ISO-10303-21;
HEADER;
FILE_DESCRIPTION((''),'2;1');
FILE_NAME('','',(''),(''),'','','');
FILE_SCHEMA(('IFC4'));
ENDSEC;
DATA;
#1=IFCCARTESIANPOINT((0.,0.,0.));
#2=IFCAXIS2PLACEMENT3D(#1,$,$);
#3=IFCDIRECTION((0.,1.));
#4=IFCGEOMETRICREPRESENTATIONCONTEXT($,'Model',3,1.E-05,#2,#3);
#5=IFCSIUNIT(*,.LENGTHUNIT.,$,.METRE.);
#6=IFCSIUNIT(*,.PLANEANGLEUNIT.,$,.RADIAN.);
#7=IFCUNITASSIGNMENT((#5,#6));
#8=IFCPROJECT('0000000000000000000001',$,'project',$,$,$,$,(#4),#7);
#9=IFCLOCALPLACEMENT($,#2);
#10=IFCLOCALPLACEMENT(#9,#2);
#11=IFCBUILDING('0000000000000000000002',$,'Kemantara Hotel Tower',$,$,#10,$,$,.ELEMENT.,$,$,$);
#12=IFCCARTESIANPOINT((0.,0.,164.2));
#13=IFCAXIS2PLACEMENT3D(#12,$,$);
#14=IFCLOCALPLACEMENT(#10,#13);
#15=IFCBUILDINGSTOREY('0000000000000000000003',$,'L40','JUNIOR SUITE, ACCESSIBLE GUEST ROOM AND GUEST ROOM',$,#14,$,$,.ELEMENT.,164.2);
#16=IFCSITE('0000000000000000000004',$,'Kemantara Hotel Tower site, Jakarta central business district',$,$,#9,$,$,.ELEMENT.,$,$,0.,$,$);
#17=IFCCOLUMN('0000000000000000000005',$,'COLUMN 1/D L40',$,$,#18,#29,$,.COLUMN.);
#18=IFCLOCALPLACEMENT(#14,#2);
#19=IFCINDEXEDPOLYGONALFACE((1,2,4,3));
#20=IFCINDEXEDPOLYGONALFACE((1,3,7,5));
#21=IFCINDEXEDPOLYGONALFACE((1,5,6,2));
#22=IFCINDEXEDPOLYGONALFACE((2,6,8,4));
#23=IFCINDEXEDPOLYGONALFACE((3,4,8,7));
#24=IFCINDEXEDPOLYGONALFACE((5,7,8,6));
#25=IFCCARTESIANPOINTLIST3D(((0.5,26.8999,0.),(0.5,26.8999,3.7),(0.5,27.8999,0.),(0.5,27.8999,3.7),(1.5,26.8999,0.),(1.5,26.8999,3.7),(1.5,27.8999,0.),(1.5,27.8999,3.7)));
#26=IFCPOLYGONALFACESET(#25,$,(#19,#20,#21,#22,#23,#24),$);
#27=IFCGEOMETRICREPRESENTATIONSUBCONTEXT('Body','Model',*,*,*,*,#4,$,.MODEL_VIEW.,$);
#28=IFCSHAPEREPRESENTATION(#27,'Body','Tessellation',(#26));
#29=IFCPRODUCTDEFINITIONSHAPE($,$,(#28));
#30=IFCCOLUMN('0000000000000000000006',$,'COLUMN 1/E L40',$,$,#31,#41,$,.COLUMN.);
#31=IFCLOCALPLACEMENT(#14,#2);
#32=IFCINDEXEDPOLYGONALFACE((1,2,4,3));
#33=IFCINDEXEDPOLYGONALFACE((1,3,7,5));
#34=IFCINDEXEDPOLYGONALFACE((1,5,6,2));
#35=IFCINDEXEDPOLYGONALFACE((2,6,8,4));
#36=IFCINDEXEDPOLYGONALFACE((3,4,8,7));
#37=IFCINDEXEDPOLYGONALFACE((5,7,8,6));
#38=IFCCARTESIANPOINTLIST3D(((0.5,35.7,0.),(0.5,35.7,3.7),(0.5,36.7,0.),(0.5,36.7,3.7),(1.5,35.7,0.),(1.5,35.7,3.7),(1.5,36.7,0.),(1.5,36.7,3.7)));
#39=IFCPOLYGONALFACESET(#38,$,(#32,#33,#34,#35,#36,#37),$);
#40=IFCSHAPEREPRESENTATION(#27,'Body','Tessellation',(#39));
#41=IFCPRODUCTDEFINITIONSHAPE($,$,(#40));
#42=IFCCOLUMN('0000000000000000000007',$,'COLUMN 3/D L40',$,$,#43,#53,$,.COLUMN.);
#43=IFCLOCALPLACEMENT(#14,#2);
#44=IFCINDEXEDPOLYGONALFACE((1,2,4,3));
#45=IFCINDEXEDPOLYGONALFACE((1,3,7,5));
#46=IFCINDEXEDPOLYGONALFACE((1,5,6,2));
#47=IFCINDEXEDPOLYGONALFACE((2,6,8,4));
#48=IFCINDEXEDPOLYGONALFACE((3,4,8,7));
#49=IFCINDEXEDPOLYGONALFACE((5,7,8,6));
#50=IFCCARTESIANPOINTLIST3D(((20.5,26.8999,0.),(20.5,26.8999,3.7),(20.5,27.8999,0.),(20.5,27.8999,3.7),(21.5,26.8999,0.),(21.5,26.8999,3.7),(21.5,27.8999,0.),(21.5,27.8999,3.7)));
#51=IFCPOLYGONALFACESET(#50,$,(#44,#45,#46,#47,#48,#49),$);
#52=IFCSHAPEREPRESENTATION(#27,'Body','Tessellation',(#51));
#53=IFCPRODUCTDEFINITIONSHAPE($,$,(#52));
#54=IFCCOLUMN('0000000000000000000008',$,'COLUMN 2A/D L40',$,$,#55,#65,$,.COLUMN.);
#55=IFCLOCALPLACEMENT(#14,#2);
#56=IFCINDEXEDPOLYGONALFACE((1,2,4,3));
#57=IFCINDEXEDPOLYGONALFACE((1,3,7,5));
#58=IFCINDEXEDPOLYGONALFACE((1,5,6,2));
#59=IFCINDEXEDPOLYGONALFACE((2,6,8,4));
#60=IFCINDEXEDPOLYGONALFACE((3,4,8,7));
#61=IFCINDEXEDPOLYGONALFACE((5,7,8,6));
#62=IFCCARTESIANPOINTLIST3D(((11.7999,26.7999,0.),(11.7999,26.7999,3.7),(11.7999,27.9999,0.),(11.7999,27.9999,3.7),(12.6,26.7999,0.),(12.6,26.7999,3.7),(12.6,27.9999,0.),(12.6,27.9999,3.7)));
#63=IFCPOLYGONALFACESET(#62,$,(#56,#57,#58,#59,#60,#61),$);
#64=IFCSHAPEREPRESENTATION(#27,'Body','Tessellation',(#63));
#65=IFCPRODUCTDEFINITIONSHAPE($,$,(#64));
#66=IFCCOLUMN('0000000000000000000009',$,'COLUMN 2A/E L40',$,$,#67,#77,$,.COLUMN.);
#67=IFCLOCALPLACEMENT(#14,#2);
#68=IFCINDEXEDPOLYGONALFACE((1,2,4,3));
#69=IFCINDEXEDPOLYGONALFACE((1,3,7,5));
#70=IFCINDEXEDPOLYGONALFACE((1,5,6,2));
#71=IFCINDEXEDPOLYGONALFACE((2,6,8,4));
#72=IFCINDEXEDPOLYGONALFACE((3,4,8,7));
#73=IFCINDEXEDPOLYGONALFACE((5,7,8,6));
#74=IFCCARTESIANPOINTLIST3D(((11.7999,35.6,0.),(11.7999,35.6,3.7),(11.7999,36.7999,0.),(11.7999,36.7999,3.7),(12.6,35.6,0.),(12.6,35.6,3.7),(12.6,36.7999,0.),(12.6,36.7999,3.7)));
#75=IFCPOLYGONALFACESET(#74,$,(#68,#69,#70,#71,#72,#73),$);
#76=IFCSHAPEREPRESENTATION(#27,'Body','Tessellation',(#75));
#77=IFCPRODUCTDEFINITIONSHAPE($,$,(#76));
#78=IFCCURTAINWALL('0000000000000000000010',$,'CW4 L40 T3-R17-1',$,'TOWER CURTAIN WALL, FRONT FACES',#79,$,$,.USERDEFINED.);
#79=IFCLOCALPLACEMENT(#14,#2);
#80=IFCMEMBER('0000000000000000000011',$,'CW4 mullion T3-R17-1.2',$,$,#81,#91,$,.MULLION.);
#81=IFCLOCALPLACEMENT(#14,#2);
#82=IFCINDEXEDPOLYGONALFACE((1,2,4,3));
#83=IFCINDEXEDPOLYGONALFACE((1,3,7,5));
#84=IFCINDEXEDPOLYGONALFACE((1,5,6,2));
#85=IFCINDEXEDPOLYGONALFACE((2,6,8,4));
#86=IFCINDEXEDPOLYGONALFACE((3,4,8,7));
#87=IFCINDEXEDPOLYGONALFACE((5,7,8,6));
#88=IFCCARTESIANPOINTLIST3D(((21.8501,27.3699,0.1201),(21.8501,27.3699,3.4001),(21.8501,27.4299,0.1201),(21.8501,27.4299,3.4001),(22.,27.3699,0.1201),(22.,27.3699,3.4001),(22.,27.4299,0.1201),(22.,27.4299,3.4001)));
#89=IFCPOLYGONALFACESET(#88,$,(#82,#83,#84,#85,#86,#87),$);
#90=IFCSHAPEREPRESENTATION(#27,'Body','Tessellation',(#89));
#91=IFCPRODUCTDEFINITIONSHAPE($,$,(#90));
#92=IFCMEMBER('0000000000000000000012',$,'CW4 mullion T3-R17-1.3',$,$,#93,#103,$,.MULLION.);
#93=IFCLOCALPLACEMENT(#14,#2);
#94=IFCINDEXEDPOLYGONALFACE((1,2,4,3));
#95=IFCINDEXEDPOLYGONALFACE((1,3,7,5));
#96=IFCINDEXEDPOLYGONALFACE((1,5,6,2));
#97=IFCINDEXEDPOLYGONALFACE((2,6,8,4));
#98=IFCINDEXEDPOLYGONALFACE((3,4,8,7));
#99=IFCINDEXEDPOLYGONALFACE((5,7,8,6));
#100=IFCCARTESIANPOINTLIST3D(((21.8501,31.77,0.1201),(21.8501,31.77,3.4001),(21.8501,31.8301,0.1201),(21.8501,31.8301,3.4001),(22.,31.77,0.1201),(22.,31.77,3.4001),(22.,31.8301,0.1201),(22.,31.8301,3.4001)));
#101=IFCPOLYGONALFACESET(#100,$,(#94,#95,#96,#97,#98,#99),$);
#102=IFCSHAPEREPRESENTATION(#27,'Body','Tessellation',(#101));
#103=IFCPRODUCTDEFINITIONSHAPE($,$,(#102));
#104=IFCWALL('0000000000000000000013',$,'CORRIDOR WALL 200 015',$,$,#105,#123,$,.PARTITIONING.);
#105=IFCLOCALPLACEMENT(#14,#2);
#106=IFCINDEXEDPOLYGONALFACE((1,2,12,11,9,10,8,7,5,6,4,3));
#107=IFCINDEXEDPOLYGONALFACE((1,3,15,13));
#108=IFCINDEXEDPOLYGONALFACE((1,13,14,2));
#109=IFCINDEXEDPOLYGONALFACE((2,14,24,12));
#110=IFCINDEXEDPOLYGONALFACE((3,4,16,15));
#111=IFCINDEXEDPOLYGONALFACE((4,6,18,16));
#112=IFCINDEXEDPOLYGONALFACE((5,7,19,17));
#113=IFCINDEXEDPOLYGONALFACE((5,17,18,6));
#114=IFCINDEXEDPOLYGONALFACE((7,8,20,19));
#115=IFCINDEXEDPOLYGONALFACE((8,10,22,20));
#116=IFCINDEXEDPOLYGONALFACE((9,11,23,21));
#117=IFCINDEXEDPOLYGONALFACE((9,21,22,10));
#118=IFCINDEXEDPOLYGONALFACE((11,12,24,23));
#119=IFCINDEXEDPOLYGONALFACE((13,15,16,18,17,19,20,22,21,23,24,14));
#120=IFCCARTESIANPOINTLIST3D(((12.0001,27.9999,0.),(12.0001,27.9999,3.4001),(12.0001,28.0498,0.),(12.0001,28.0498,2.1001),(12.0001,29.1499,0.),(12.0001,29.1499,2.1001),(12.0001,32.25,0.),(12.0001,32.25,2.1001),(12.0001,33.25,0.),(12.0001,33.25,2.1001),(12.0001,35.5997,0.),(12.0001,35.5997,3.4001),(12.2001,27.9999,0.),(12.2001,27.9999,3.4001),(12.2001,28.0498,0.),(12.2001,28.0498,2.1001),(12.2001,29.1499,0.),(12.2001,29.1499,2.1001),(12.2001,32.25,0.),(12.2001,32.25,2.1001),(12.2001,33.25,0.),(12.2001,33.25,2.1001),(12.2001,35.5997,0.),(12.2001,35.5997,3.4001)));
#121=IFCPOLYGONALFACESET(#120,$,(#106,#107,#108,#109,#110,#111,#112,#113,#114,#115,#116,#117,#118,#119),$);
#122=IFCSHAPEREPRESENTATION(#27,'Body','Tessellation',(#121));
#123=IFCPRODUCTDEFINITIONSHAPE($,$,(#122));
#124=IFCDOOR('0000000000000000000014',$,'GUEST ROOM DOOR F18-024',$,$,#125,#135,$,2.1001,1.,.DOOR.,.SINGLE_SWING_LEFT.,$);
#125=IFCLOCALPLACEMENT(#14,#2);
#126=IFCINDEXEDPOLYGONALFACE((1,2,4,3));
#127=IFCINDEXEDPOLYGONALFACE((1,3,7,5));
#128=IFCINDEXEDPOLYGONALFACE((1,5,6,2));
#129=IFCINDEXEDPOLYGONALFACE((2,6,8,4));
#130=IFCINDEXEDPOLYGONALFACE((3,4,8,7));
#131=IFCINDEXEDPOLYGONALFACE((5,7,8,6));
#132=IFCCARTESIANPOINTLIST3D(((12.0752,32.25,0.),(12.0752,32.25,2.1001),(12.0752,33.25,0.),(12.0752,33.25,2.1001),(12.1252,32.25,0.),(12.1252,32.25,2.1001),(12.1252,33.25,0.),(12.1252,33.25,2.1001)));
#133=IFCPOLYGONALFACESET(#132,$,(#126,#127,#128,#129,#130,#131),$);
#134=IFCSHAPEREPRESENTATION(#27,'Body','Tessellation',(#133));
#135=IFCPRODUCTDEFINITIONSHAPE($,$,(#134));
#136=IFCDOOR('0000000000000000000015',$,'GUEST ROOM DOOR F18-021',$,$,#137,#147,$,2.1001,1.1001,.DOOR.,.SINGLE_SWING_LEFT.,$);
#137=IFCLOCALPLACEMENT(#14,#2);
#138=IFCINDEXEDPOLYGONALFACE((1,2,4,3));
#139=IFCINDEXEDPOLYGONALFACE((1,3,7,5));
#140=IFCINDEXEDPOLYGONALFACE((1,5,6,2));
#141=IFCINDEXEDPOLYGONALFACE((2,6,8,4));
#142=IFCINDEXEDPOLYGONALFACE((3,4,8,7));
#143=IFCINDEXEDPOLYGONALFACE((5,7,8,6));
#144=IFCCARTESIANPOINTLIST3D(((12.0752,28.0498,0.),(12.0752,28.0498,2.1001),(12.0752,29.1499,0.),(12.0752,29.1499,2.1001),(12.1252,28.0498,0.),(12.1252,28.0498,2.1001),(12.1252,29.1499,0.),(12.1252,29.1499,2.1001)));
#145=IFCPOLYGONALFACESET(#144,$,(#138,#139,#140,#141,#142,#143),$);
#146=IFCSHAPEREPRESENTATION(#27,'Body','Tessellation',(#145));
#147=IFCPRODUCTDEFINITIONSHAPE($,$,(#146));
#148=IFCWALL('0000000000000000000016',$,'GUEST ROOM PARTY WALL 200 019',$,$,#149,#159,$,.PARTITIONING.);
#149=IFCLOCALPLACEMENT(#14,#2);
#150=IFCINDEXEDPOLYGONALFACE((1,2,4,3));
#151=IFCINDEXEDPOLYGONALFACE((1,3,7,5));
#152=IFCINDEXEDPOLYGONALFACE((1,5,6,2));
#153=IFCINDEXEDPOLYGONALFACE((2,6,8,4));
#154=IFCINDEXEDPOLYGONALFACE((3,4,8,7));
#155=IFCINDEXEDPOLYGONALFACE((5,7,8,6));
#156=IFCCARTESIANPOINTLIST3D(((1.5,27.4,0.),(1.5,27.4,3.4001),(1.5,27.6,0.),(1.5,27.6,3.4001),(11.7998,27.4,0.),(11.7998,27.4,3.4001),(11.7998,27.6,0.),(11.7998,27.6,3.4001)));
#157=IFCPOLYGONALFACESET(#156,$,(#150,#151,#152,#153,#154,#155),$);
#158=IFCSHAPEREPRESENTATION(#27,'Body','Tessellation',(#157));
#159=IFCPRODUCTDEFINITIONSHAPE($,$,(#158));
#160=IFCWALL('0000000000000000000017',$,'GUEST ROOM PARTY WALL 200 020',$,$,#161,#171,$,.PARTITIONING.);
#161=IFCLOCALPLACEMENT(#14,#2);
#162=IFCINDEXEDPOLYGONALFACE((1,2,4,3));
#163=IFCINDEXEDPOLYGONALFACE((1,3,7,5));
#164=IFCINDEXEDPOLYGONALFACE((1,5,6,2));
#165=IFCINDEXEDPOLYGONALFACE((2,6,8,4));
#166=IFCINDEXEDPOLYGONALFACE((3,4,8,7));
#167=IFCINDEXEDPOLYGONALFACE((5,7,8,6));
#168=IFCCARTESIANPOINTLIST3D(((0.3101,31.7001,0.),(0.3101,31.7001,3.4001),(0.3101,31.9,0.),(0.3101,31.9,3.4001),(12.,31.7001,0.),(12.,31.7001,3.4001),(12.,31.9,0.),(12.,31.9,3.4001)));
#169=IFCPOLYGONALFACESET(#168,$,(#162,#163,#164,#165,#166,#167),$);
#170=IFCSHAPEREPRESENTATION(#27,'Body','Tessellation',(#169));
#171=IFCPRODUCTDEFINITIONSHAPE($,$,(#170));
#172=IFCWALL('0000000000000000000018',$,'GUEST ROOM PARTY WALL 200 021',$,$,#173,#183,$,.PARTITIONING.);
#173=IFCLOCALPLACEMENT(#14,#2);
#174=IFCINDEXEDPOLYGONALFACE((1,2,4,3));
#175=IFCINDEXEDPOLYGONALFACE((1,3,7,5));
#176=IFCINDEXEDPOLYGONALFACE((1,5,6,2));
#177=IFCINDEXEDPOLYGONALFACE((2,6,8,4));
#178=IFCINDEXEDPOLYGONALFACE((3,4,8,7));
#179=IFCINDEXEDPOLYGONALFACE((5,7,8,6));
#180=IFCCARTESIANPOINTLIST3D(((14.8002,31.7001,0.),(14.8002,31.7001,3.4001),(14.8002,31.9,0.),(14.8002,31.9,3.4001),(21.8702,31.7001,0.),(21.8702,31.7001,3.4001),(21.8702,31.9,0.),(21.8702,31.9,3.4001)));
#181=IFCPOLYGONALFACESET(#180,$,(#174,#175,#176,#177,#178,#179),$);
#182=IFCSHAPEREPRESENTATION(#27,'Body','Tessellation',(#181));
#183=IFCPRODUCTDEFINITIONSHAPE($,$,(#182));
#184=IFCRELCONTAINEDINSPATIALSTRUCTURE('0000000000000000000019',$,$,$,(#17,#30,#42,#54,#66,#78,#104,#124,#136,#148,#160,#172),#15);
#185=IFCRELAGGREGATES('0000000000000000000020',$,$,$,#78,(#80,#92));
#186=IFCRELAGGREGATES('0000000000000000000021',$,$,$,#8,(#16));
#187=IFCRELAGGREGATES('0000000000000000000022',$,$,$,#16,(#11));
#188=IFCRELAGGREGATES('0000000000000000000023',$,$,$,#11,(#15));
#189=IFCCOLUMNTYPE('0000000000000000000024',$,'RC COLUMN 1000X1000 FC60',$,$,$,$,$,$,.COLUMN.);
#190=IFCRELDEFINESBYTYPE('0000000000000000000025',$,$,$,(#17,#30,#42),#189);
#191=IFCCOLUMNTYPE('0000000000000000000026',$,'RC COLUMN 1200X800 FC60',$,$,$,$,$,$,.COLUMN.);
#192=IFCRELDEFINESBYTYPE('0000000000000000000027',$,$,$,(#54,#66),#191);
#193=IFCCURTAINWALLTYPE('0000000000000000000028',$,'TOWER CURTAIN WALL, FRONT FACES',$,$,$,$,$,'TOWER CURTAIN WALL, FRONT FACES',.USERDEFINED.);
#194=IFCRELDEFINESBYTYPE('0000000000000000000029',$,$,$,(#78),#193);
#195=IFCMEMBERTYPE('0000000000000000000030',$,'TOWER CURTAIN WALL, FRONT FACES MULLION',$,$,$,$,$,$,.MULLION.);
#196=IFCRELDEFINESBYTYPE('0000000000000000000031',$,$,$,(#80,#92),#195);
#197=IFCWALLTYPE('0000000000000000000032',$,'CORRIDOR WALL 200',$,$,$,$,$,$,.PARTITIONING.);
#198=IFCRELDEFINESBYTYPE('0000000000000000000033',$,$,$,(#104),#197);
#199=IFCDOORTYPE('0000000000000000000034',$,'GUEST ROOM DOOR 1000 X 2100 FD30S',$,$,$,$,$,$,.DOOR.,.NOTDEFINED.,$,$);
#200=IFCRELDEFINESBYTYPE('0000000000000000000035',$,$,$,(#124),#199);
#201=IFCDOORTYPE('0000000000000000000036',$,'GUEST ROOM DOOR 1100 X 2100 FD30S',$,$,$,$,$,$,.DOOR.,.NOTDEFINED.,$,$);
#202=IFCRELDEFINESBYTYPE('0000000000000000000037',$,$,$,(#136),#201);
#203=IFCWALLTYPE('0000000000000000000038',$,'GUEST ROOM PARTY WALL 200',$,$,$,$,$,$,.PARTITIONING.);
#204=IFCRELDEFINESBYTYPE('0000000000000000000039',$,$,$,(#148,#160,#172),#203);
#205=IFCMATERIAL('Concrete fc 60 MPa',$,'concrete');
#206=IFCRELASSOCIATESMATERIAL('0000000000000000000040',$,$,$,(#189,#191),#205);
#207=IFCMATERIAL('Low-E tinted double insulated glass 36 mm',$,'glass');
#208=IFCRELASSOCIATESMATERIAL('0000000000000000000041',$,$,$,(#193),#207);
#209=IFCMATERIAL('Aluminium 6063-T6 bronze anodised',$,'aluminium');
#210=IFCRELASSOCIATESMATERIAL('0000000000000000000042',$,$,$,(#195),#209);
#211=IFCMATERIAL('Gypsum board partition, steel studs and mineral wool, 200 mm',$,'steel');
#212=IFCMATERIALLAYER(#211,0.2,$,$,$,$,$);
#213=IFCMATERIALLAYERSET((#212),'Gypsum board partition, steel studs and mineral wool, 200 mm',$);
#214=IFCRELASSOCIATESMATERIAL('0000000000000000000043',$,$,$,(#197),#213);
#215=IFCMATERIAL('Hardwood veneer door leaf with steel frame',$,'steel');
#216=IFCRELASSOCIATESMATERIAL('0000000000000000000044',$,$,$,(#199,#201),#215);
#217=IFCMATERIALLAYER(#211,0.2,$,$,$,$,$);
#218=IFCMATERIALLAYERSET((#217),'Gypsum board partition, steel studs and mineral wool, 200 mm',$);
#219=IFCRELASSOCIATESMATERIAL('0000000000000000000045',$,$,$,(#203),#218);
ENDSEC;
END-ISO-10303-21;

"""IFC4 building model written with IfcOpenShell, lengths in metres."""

from ifc_helpers import new_model, si_unit, direction, frame, frame_2d, origin, origin_2d, place, context, subcontext, project, spatial, rectangle, extrude, source, transform, mapped, material, layer, layer_set, material_profile, profile_set, type_object, element, fill, aggregate, save


model = new_model("IFC4")

# Units and contexts
model_context = context("Model", 3, precision=1e-05, world=origin(), true_north=direction((0.0, 1.0)))
body_context = subcontext(model_context, "Body", "Model", "MODEL_VIEW")
ifc_project = project(units=[si_unit("LENGTHUNIT", "METRE"), si_unit("PLANEANGLEUNIT", "RADIAN")], contexts=[model_context])

# Site, building, storey
site_placement = place(None, origin())
site = spatial("IfcSite", under=ifc_project, at=site_placement, Name="Kemantara Hotel Tower site, Jakarta central business district", CompositionType="ELEMENT", RefElevation=0.0)
building_placement = place(site_placement, origin())
building = spatial("IfcBuilding", under=site, at=building_placement, Name="Kemantara Hotel Tower", CompositionType="ELEMENT")
storey_placement = place(building_placement, frame((0.0, 0.0, 164.2)))
storey = spatial("IfcBuildingStorey", under=building, at=storey_placement, Name="L40", Description="JUNIOR SUITE, ACCESSIBLE GUEST ROOM AND GUEST ROOM", CompositionType="ELEMENT", Elevation=164.2)

# Columns
ifc_material_1 = material(Name="Concrete fc 60 MPa", Category="concrete")
ifc_material_profile_1 = material_profile(ifc_material_1, rectangle(XDim=1.0, YDim=1.0, at=origin_2d()), Name="RC 1000X1000")
ifc_profile_set_1 = profile_set([ifc_material_profile_1], Name="Concrete fc 60 MPa")
column_type_1 = type_object("IfcColumnType", Name="RC COLUMN 1000X1000 FC60", PredefinedType="COLUMN", material=ifc_profile_set_1)
for number, where, z_axis, x_axis, name in (
    (1, (1.0, 27.3999, 0.0), (0.0, 0.0, 1.0), (1.0, 0.0, 0.0), "COLUMN 1/D L40"),
    (2, (1.0, 36.2, 0.0), (0.0, 0.0, 1.0), (1.0, 0.0, 0.0), "COLUMN 1/E L40"),
    (3, (21.0, 27.3999, 0.0), (0.0, 0.0, 1.0), (1.0, 0.0, 0.0), "COLUMN 3/D L40"),
):
    element("IfcColumn", number, at=place(storey_placement, frame(where, z_axis=z_axis, x_axis=x_axis)), inside=storey, type_object=column_type_1, Name=name, PredefinedType="COLUMN", context=body_context, shape_type="SweptSolid", body=[
        extrude(rectangle(XDim=1.0, YDim=1.0, at=origin_2d()), origin(), (0.0, 0.0, 1.0), 3.7),
    ])
ifc_material_profile_2 = material_profile(ifc_material_1, rectangle(XDim=1.2, YDim=0.8, at=origin_2d()), Name="RC 1200X800")
ifc_profile_set_2 = profile_set([ifc_material_profile_2], Name="Concrete fc 60 MPa")
column_type_2 = type_object("IfcColumnType", Name="RC COLUMN 1200X800 FC60", PredefinedType="COLUMN", material=ifc_profile_set_2)
for number, where, z_axis, x_axis, name in (
    (4, (12.2, 27.3999, 0.0), (0.0, 0.0, 1.0), (0.0, 1.0, 0.0), "COLUMN 2A/D L40"),
    (5, (12.2, 36.2, 0.0), (0.0, 0.0, 1.0), (0.0, 1.0, 0.0), "COLUMN 2A/E L40"),
):
    element("IfcColumn", number, at=place(storey_placement, frame(where, z_axis=z_axis, x_axis=x_axis)), inside=storey, type_object=column_type_2, Name=name, PredefinedType="COLUMN", context=body_context, shape_type="SweptSolid", body=[
        extrude(rectangle(XDim=1.2, YDim=0.8, at=origin_2d()), origin(), (0.0, 0.0, 1.0), 3.7),
    ])

# Curtain wall, members
ifc_material_2 = material(Name="Low-E tinted double insulated glass 36 mm", Category="glass")
curtain_wall_type = type_object("IfcCurtainWallType", Name="TOWER CURTAIN WALL, FRONT FACES", ElementType="TOWER CURTAIN WALL, FRONT FACES", PredefinedType="USERDEFINED", material=ifc_material_2)
curtain_wall_placement = place(storey_placement, origin())
curtain_wall = element("IfcCurtainWall", 6, at=curtain_wall_placement, inside=storey, type_object=curtain_wall_type, Name="CW4 L40 T3-R17-1", ObjectType="TOWER CURTAIN WALL, FRONT FACES", PredefinedType="USERDEFINED")
ifc_material_3 = material(Name="Aluminium 6063-T6 bronze anodised", Category="aluminium")
ifc_material_profile_3 = material_profile(ifc_material_3, rectangle(XDim=0.1499, YDim=0.0601, at=origin_2d()), Name="TOWER CURTAIN WALL, FRONT FACES MULLION")
ifc_profile_set_3 = profile_set([ifc_material_profile_3], Name="Aluminium 6063-T6 bronze anodised")
member_type = type_object("IfcMemberType", Name="TOWER CURTAIN WALL, FRONT FACES MULLION", PredefinedType="MULLION", material=ifc_profile_set_3)
shared_shape_1 = source(origin(), body_context, "Body", "SweptSolid", [
    extrude(rectangle(XDim=0.1499, YDim=0.0601, at=origin_2d()), origin(), (0.0, 0.0, 1.0), 3.28),
])
member_1_placement = place(storey_placement, frame((21.925, 27.3999, 0.1201), z_axis=(0.0, 0.0, 1.0), x_axis=(-1.0, 0.0, 0.0)))
member_1 = element("IfcMember", 7, at=member_1_placement, type_object=member_type, Name="CW4 mullion T3-R17-1.2", PredefinedType="MULLION", context=body_context, shape_type="MappedRepresentation", body=[
    mapped(shared_shape_1, transform((0.0, 0.0, 0.0))),
])
member_2_placement = place(storey_placement, frame((21.925, 31.8, 0.1201), z_axis=(0.0, 0.0, 1.0), x_axis=(-1.0, 0.0, 0.0)))
member_2 = element("IfcMember", 8, at=member_2_placement, type_object=member_type, Name="CW4 mullion T3-R17-1.3", PredefinedType="MULLION", context=body_context, shape_type="MappedRepresentation", body=[
    mapped(shared_shape_1, transform((0.0, 0.0, 0.0))),
])
aggregate(curtain_wall, [member_1, member_2])

# Wall, openings, doors
ifc_material_4 = material(Name="Gypsum board partition, steel studs and mineral wool, 200 mm", Category="steel")
ifc_layer_1 = layer(ifc_material_4, 0.2)
ifc_layer_set_1 = layer_set([ifc_layer_1], Name="Gypsum board partition, steel studs and mineral wool, 200 mm")
wall_type_1 = type_object("IfcWallType", Name="CORRIDOR WALL 200", PredefinedType="PARTITIONING", material=ifc_layer_set_1)
wall_1_placement = place(storey_placement, frame((12.1001, 28.0, 0.0), z_axis=(0.0, 0.0, 1.0), x_axis=(0.0, 1.0, 0.0)))
wall_1 = element("IfcWall", 9, at=wall_1_placement, inside=storey, type_object=wall_type_1, Name="CORRIDOR WALL 200 015", PredefinedType="PARTITIONING", context=body_context, shape_type="SweptSolid", body=[
    extrude(rectangle(XDim=7.5999, YDim=0.2, at=frame_2d((3.7998, 0.0))), origin(), (0.0, 0.0, 1.0), 3.4001),
])
opening_1_placement = place(wall_1_placement, frame((0.0498, 0.0, 0.0)))
opening_1 = element("IfcOpeningElement", 10, at=opening_1_placement, cuts=wall_1, PredefinedType="OPENING", context=body_context, shape_type="SweptSolid", body=[
    extrude(rectangle(XDim=1.1001, YDim=2.1001, at=frame_2d((0.55, 1.05))), frame((0.0, 0.1099, 0.0), z_axis=(0.0, -1.0, 0.0), x_axis=(1.0, 0.0, 0.0)), (0.0, 0.0, 1.0), 0.22),
])
opening_2_placement = place(wall_1_placement, frame((4.25, 0.0, 0.0)))
opening_2 = element("IfcOpeningElement", 11, at=opening_2_placement, cuts=wall_1, PredefinedType="OPENING", context=body_context, shape_type="SweptSolid", body=[
    extrude(rectangle(XDim=1.0, YDim=2.1001, at=frame_2d((0.5, 1.05))), frame((0.0, 0.1099, 0.0), z_axis=(0.0, -1.0, 0.0), x_axis=(1.0, 0.0, 0.0)), (0.0, 0.0, 1.0), 0.22),
])
ifc_material_5 = material(Name="Hardwood veneer door leaf with steel frame", Category="steel")
door_type_1 = type_object("IfcDoorType", Name="GUEST ROOM DOOR 1000 X 2100 FD30S", OperationType="NOTDEFINED", PredefinedType="DOOR", material=ifc_material_5)
door_1_placement = place(opening_2_placement, origin())
door_1 = element("IfcDoor", 12, at=door_1_placement, inside=storey, type_object=door_type_1, Name="GUEST ROOM DOOR F18-024", OperationType="SINGLE_SWING_LEFT", OverallHeight=2.1001, OverallWidth=1.0, PredefinedType="DOOR", context=body_context, shape_type="SweptSolid", body=[
    extrude(rectangle(XDim=1.0, YDim=2.1001, at=frame_2d((0.5, 1.05))), frame((0.0, 0.0249, 0.0), z_axis=(0.0, -1.0, 0.0), x_axis=(1.0, 0.0, 0.0)), (0.0, 0.0, 1.0), 0.05),
])
fill(opening_2, door_1)
door_type_2 = type_object("IfcDoorType", Name="GUEST ROOM DOOR 1100 X 2100 FD30S", OperationType="NOTDEFINED", PredefinedType="DOOR", material=ifc_material_5)
door_2_placement = place(opening_1_placement, origin())
door_2 = element("IfcDoor", 13, at=door_2_placement, inside=storey, type_object=door_type_2, Name="GUEST ROOM DOOR F18-021", OperationType="SINGLE_SWING_LEFT", OverallHeight=2.1001, OverallWidth=1.1001, PredefinedType="DOOR", context=body_context, shape_type="SweptSolid", body=[
    extrude(rectangle(XDim=1.1001, YDim=2.1001, at=frame_2d((0.55, 1.05))), frame((0.0, 0.0249, 0.0), z_axis=(0.0, -1.0, 0.0), x_axis=(1.0, 0.0, 0.0)), (0.0, 0.0, 1.0), 0.05),
])
fill(opening_1, door_2)

# Walls
ifc_layer_2 = layer(ifc_material_4, 0.2)
ifc_layer_set_2 = layer_set([ifc_layer_2], Name="Gypsum board partition, steel studs and mineral wool, 200 mm")
wall_type_2 = type_object("IfcWallType", Name="GUEST ROOM PARTY WALL 200", PredefinedType="PARTITIONING", material=ifc_layer_set_2)
wall_2_placement = place(storey_placement, frame((1.5, 27.5, 0.0), z_axis=(0.0, 0.0, 1.0), x_axis=(1.0, 0.0, 0.0)))
element("IfcWall", 14, at=wall_2_placement, inside=storey, type_object=wall_type_2, Name="GUEST ROOM PARTY WALL 200 019", PredefinedType="PARTITIONING", context=body_context, shape_type="SweptSolid", body=[
    extrude(rectangle(XDim=10.2998, YDim=0.2, at=frame_2d((5.1499, 0.0))), origin(), (0.0, 0.0, 1.0), 3.4001),
])
wall_3_placement = place(storey_placement, frame((0.3101, 31.8, 0.0), z_axis=(0.0, 0.0, 1.0), x_axis=(1.0, 0.0, 0.0)))
element("IfcWall", 15, at=wall_3_placement, inside=storey, type_object=wall_type_2, Name="GUEST ROOM PARTY WALL 200 020", PredefinedType="PARTITIONING", context=body_context, shape_type="SweptSolid", body=[
    extrude(rectangle(XDim=11.6899, YDim=0.2, at=frame_2d((5.845, 0.0))), origin(), (0.0, 0.0, 1.0), 3.4001),
])
wall_4_placement = place(storey_placement, frame((14.8, 31.8, 0.0), z_axis=(0.0, 0.0, 1.0), x_axis=(1.0, 0.0, 0.0)))
element("IfcWall", 16, at=wall_4_placement, inside=storey, type_object=wall_type_2, Name="GUEST ROOM PARTY WALL 200 021", PredefinedType="PARTITIONING", context=body_context, shape_type="SweptSolid", body=[
    extrude(rectangle(XDim=7.0701, YDim=0.2, at=frame_2d((3.5352, 0.0))), origin(), (0.0, 0.0, 1.0), 3.4001),
])

save(model, "model.ifc")
